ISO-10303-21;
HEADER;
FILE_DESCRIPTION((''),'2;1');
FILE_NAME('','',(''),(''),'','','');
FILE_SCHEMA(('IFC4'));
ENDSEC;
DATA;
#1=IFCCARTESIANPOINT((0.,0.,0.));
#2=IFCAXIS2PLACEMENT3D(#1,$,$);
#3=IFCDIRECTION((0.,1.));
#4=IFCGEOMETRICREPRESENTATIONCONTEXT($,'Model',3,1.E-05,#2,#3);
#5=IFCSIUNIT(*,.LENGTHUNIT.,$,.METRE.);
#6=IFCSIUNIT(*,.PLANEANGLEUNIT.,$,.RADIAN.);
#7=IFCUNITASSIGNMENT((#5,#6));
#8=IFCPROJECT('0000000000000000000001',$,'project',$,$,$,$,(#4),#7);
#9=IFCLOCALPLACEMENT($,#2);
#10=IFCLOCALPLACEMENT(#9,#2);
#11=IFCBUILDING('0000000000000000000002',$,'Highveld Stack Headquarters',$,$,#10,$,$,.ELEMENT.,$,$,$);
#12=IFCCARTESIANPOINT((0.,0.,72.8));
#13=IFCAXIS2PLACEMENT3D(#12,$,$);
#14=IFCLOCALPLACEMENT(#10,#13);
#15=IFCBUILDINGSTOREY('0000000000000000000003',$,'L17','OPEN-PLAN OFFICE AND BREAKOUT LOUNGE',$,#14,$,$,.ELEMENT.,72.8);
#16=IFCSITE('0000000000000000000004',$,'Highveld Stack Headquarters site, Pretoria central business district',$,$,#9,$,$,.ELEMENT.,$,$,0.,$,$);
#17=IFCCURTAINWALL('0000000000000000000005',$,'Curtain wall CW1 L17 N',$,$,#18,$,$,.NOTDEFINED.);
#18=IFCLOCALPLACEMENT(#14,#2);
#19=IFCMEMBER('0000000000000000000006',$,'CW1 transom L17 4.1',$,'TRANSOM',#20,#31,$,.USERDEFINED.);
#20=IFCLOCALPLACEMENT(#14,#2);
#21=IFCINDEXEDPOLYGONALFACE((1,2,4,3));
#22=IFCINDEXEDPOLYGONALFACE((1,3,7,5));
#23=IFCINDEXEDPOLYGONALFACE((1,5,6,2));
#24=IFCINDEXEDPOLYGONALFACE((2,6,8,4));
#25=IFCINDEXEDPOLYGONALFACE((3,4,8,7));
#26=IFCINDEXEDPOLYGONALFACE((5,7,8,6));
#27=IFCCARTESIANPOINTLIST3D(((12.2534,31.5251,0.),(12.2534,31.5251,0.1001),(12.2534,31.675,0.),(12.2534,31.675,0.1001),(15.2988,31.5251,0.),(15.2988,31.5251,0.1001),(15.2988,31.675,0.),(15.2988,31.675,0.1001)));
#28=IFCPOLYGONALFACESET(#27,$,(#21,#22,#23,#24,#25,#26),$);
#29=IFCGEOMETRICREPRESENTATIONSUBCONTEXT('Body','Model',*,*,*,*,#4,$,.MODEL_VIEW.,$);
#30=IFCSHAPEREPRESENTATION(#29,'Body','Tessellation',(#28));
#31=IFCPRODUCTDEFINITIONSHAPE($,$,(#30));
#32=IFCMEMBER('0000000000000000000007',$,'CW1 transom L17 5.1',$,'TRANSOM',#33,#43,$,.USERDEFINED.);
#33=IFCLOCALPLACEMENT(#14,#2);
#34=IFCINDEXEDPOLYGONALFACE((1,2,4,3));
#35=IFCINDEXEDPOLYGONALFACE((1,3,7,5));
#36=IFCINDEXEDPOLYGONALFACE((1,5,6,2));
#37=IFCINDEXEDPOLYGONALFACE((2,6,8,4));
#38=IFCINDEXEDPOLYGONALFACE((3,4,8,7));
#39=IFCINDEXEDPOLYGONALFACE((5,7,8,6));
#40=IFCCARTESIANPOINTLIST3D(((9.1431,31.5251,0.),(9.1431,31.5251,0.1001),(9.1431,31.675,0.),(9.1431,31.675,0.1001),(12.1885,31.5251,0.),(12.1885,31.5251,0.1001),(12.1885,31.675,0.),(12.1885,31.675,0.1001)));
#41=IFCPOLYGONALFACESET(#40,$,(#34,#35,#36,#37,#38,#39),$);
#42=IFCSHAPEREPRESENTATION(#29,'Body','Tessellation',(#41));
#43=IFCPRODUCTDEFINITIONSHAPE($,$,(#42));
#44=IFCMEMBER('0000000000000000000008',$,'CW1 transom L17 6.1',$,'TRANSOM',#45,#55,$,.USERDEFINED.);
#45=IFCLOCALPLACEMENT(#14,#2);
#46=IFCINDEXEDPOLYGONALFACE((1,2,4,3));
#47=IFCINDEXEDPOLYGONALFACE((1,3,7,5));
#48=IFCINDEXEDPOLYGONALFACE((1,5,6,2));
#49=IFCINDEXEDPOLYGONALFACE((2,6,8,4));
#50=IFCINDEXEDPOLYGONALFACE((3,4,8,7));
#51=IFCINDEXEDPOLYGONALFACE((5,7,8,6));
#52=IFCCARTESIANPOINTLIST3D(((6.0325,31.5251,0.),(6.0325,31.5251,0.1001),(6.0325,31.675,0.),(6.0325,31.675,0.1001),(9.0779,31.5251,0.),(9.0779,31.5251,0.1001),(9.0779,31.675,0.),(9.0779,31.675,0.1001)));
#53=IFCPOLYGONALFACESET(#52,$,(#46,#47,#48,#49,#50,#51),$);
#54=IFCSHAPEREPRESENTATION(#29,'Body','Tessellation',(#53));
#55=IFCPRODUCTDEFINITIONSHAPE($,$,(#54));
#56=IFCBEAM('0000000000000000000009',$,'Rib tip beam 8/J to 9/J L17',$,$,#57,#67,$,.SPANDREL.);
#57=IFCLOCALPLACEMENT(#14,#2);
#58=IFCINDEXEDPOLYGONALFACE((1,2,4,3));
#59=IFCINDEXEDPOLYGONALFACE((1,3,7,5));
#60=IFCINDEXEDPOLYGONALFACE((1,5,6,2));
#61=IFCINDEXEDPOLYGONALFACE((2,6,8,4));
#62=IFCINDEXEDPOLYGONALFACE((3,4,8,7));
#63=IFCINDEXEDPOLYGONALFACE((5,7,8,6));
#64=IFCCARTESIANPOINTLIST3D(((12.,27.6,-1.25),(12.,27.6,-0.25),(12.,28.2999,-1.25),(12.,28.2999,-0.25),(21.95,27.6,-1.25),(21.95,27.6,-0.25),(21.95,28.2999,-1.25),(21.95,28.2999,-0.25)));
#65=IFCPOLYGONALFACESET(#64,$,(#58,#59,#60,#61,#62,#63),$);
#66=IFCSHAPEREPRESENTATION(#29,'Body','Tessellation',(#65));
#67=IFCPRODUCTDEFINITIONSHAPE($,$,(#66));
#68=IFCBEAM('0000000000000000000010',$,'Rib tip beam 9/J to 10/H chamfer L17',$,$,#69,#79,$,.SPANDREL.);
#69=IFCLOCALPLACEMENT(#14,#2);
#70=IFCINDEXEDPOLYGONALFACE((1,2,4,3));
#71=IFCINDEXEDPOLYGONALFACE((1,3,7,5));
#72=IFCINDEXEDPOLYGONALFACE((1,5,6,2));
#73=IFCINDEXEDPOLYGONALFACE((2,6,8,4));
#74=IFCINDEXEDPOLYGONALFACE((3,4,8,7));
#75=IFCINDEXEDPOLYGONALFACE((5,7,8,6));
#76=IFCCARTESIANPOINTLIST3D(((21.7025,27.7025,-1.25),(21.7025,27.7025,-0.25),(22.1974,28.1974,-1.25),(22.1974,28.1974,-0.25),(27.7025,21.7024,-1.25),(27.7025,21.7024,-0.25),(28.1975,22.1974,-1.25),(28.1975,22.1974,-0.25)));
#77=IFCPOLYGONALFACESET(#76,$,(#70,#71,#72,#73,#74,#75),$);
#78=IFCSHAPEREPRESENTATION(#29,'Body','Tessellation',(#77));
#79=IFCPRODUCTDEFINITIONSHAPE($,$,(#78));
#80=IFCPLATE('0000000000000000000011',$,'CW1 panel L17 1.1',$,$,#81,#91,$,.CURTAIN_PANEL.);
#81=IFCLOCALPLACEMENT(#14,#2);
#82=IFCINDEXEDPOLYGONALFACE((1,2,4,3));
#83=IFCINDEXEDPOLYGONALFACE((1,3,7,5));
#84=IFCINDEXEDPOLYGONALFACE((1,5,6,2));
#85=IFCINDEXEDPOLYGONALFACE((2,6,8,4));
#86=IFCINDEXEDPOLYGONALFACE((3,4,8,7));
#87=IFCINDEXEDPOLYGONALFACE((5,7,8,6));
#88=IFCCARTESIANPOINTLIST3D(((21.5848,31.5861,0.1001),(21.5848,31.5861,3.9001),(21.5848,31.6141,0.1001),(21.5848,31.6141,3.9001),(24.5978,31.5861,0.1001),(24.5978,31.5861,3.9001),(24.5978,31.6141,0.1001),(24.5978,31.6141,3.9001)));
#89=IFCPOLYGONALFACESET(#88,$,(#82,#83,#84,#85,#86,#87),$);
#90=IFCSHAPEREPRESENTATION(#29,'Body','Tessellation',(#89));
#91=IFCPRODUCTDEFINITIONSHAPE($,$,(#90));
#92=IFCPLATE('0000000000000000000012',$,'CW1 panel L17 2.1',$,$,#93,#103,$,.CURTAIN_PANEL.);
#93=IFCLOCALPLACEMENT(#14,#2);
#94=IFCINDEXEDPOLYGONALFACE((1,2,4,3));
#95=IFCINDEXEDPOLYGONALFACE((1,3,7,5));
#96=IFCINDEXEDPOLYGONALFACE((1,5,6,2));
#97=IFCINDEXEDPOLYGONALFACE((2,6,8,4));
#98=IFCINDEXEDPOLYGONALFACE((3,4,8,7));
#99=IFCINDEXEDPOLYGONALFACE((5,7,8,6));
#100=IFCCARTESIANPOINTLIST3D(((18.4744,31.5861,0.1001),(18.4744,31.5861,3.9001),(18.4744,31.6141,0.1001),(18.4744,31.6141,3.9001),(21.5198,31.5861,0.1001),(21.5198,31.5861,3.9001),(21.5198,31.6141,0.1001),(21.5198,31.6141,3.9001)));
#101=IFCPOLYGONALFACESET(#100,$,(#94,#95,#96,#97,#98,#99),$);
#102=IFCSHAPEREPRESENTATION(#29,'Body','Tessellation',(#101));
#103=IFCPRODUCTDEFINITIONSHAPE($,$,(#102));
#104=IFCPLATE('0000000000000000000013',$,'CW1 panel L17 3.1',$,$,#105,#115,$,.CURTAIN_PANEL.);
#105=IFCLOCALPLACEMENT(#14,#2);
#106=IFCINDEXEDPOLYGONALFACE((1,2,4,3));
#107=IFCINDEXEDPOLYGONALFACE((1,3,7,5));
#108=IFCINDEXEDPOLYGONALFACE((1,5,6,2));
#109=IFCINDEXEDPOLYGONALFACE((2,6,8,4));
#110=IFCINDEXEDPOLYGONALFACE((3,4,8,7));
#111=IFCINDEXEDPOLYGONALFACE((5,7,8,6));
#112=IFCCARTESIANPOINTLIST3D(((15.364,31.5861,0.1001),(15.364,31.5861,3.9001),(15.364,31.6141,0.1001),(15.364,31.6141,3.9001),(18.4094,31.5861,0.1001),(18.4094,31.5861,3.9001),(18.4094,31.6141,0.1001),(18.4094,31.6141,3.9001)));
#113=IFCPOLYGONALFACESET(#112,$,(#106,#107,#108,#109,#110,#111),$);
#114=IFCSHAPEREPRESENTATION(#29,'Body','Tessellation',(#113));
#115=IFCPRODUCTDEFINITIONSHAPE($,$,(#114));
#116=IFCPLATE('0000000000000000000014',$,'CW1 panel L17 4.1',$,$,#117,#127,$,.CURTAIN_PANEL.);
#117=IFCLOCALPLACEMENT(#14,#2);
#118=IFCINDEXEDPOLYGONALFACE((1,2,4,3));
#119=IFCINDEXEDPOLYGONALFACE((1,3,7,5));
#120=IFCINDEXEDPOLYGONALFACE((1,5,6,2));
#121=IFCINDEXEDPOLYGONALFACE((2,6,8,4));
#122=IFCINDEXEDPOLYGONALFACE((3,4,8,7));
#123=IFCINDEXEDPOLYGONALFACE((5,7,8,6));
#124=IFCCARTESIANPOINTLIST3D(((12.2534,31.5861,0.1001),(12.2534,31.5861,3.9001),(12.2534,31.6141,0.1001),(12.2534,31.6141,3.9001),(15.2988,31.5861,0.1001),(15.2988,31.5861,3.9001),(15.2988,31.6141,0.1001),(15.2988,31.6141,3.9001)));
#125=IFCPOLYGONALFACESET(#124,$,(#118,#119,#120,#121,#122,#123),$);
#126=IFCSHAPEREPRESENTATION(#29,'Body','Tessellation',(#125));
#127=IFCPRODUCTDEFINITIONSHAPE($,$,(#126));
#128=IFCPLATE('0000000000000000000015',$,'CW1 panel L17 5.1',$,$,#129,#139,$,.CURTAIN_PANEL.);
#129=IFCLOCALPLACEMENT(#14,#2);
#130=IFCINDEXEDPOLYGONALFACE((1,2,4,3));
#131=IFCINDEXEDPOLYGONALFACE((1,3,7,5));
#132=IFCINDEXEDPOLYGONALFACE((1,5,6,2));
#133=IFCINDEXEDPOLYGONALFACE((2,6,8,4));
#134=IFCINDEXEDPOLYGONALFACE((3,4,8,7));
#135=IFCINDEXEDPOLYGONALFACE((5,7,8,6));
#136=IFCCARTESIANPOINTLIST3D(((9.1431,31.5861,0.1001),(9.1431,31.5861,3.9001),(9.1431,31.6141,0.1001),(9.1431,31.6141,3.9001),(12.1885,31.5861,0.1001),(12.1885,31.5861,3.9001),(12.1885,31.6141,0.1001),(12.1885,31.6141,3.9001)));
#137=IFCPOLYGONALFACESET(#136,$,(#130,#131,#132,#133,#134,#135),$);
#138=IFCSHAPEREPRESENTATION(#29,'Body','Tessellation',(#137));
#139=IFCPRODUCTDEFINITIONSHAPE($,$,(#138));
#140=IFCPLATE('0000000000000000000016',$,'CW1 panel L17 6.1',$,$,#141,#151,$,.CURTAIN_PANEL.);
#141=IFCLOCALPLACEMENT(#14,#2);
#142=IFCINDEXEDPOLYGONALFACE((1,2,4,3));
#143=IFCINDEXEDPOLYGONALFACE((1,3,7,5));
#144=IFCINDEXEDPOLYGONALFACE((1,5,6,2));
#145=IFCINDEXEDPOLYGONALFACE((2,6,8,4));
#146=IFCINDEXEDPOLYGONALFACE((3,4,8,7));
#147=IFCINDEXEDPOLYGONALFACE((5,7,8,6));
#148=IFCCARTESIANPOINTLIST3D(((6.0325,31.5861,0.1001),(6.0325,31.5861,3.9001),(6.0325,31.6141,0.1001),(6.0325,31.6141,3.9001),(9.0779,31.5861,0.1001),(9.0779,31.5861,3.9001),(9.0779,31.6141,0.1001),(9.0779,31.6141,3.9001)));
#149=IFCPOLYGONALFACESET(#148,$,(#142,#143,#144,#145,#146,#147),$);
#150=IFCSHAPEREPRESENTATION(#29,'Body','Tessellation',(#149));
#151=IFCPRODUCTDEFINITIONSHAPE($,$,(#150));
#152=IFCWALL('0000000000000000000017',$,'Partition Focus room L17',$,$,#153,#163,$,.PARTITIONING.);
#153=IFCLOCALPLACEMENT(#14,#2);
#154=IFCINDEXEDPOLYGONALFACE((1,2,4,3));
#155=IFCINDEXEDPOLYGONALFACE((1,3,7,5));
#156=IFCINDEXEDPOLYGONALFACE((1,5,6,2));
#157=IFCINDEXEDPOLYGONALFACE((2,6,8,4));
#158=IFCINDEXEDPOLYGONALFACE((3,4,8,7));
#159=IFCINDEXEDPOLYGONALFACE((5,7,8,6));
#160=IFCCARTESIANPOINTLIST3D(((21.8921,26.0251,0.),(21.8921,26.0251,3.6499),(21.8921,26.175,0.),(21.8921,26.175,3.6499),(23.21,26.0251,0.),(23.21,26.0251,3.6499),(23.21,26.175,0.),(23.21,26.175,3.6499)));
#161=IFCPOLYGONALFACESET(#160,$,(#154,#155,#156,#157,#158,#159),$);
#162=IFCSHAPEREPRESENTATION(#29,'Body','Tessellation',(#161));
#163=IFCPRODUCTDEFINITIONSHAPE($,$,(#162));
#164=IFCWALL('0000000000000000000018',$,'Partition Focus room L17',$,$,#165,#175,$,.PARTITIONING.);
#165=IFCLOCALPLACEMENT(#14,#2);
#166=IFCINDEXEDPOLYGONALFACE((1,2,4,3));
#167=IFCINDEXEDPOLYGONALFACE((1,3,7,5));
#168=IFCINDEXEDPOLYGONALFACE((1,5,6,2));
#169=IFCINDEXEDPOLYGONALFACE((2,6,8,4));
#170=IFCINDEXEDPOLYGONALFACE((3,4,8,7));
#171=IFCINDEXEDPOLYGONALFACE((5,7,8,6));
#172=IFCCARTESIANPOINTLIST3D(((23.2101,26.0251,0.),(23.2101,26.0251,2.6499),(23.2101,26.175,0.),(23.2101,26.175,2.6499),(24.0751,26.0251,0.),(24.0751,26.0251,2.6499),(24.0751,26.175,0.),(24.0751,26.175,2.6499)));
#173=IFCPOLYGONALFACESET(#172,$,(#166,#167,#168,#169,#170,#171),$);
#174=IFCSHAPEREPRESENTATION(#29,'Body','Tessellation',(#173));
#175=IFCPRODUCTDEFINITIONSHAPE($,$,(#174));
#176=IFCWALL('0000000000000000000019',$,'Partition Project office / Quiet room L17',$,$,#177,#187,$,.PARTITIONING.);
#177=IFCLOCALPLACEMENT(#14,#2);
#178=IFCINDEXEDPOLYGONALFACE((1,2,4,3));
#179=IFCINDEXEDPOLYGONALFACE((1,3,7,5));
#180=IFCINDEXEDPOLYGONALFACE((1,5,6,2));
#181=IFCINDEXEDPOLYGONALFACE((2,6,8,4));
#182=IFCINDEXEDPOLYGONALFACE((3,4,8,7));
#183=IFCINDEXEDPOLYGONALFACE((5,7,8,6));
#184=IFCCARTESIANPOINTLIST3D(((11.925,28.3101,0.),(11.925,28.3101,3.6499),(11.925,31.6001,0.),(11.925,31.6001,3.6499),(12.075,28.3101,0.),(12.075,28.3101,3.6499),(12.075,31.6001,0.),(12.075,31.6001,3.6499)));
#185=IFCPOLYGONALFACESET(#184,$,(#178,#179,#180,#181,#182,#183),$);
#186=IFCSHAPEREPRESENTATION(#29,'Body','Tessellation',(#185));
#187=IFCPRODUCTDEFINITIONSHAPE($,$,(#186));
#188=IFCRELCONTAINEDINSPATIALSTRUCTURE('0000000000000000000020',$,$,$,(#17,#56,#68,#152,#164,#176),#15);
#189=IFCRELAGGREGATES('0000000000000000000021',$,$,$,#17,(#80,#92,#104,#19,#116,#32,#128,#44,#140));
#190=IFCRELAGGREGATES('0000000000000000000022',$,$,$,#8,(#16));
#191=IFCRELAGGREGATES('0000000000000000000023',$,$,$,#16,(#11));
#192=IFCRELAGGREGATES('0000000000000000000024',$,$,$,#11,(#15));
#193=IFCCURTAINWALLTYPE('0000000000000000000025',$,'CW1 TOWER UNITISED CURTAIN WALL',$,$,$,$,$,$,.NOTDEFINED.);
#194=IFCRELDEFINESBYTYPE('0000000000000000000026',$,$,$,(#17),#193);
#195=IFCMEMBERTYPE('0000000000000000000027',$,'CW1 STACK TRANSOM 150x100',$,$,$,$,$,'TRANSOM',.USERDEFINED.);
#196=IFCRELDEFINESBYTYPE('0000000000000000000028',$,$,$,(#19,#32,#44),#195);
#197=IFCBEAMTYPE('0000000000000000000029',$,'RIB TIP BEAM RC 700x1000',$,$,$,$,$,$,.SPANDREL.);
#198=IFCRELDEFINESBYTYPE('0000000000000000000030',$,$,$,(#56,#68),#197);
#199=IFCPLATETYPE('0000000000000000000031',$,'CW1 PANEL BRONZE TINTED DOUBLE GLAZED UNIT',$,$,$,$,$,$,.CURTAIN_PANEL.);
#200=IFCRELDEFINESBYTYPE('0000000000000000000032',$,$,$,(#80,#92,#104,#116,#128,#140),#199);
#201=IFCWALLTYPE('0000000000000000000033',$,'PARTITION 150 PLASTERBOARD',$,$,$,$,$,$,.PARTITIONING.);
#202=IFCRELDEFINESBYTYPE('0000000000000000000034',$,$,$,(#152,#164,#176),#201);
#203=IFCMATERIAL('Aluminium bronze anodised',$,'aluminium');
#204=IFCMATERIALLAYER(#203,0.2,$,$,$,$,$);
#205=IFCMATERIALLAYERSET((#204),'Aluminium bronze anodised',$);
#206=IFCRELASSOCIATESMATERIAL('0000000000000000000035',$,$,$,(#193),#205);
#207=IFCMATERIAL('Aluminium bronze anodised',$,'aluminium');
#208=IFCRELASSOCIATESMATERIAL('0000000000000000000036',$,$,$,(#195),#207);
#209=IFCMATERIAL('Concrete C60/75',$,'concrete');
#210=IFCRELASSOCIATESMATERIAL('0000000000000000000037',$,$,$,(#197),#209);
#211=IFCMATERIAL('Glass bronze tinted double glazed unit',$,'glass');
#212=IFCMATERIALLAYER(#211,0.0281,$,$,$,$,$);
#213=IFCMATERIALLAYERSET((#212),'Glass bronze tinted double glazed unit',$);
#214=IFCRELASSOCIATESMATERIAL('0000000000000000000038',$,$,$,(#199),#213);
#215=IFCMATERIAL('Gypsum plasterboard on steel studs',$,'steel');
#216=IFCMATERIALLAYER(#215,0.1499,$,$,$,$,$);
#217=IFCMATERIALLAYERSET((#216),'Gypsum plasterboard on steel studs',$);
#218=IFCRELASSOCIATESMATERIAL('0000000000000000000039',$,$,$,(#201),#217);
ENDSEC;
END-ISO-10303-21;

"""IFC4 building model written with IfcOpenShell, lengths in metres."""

from ifc_helpers import new_model, si_unit, direction, frame, frame_2d, origin, origin_2d, place, context, subcontext, project, spatial, rectangle, extrude, material, layer, layer_set, material_profile, profile_set, type_object, element, aggregate, save


model = new_model("IFC4")

# Units and contexts
model_context = context("Model", 3, precision=1e-05, world=origin(), true_north=direction((0.0, 1.0)))
body_context = subcontext(model_context, "Body", "Model", "MODEL_VIEW")
ifc_project = project(units=[si_unit("LENGTHUNIT", "METRE"), si_unit("PLANEANGLEUNIT", "RADIAN")], contexts=[model_context])

# Site, building, storey
site_placement = place(None, origin())
site = spatial("IfcSite", under=ifc_project, at=site_placement, Name="Highveld Stack Headquarters site, Pretoria central business district", CompositionType="ELEMENT", RefElevation=0.0)
building_placement = place(site_placement, origin())
building = spatial("IfcBuilding", under=site, at=building_placement, Name="Highveld Stack Headquarters", CompositionType="ELEMENT")
storey_placement = place(building_placement, frame((0.0, 0.0, 72.8)))
storey = spatial("IfcBuildingStorey", under=building, at=storey_placement, Name="L17", Description="OPEN-PLAN OFFICE AND BREAKOUT LOUNGE", CompositionType="ELEMENT", Elevation=72.8)

# Curtain wall, members
ifc_material_1 = material(Name="Aluminium bronze anodised", Category="aluminium")
ifc_layer_1 = layer(ifc_material_1, 0.2)
ifc_layer_set_1 = layer_set([ifc_layer_1], Name="Aluminium bronze anodised")
curtain_wall_type = type_object("IfcCurtainWallType", Name="CW1 TOWER UNITISED CURTAIN WALL", PredefinedType="NOTDEFINED", material=ifc_layer_set_1)
curtain_wall_placement = place(storey_placement, origin())
curtain_wall = element("IfcCurtainWall", 1, at=curtain_wall_placement, inside=storey, type_object=curtain_wall_type, Name="Curtain wall CW1 L17 N", PredefinedType="NOTDEFINED")
ifc_material_2 = material(Name="Aluminium bronze anodised", Category="aluminium")
ifc_material_profile_1 = material_profile(ifc_material_2, rectangle(XDim=0.1499, YDim=0.1001, at=origin_2d()), Name="CW1 TRANSOM 150x100")
ifc_profile_set_1 = profile_set([ifc_material_profile_1], Name="Aluminium bronze anodised")
member_type_1 = type_object("IfcMemberType", Name="CW1 STACK TRANSOM 150x100", ElementType="TRANSOM", PredefinedType="USERDEFINED", material=ifc_profile_set_1)
member_1_placement = place(storey_placement, frame((15.2988, 31.6001, 0.05), z_axis=(-1.0, 0.0, 0.0), x_axis=(0.0, -1.0, 0.0)))
member_1 = element("IfcMember", 2, at=member_1_placement, type_object=member_type_1, Name="CW1 transom L17 4.1", ObjectType="TRANSOM", PredefinedType="USERDEFINED", context=body_context, shape_type="SweptSolid", body=[
    extrude(rectangle(XDim=0.1499, YDim=0.1001, at=origin_2d()), origin(), (0.0, 0.0, 1.0), 3.0454),
])
member_2_placement = place(storey_placement, frame((12.1885, 31.6001, 0.05), z_axis=(-1.0, 0.0, 0.0), x_axis=(0.0, -1.0, 0.0)))
member_2 = element("IfcMember", 3, at=member_2_placement, type_object=member_type_1, Name="CW1 transom L17 5.1", ObjectType="TRANSOM", PredefinedType="USERDEFINED", context=body_context, shape_type="SweptSolid", body=[
    extrude(rectangle(XDim=0.1499, YDim=0.1001, at=origin_2d()), origin(), (0.0, 0.0, 1.0), 3.0454),
])
member_3_placement = place(storey_placement, frame((9.0779, 31.6001, 0.05), z_axis=(-1.0, 0.0, 0.0), x_axis=(0.0, -1.0, 0.0)))
member_3 = element("IfcMember", 4, at=member_3_placement, type_object=member_type_1, Name="CW1 transom L17 6.1", ObjectType="TRANSOM", PredefinedType="USERDEFINED", context=body_context, shape_type="SweptSolid", body=[
    extrude(rectangle(XDim=0.1499, YDim=0.1001, at=origin_2d()), origin(), (0.0, 0.0, 1.0), 3.0454),
])

# Beams
ifc_material_3 = material(Name="Concrete C60/75", Category="concrete")
ifc_material_profile_2 = material_profile(ifc_material_3, rectangle(XDim=0.7, YDim=1.0, at=origin_2d()), Name="RC 700x1000")
ifc_profile_set_2 = profile_set([ifc_material_profile_2], Name="Concrete C60/75")
beam_type = type_object("IfcBeamType", Name="RIB TIP BEAM RC 700x1000", PredefinedType="SPANDREL", material=ifc_profile_set_2)
beam_1_placement = place(storey_placement, frame((12.0, 27.95, -0.75), z_axis=(1.0, 0.0, 0.0), x_axis=(0.0, 1.0, 0.0)))
element("IfcBeam", 5, at=beam_1_placement, inside=storey, type_object=beam_type, Name="Rib tip beam 8/J to 9/J L17", PredefinedType="SPANDREL", context=body_context, shape_type="SweptSolid", body=[
    extrude(rectangle(XDim=0.7, YDim=1.0, at=origin_2d()), origin(), (0.0, 0.0, 1.0), 9.95),
])
beam_2_placement = place(storey_placement, frame((21.95, 27.95, -0.75), z_axis=(0.707107, -0.707107, 0.0), x_axis=(0.707107, 0.707107, 0.0)))
element("IfcBeam", 6, at=beam_2_placement, inside=storey, type_object=beam_type, Name="Rib tip beam 9/J to 10/H chamfer L17", PredefinedType="SPANDREL", context=body_context, shape_type="SweptSolid", body=[
    extrude(rectangle(XDim=0.7, YDim=1.0, at=origin_2d()), origin(), (0.0, 0.0, 1.0), 8.4854),
])

# Plates
ifc_material_4 = material(Name="Glass bronze tinted double glazed unit", Category="glass")
ifc_layer_2 = layer(ifc_material_4, 0.0281)
ifc_layer_set_2 = layer_set([ifc_layer_2], Name="Glass bronze tinted double glazed unit")
plate_type = type_object("IfcPlateType", Name="CW1 PANEL BRONZE TINTED DOUBLE GLAZED UNIT", PredefinedType="CURTAIN_PANEL", material=ifc_layer_set_2)
plate_1_placement = place(storey_placement, frame((23.0913, 31.6001, 0.1001), z_axis=(0.0, 0.0, 1.0), x_axis=(-1.0, 0.0, 0.0)))
plate_1 = element("IfcPlate", 7, at=plate_1_placement, type_object=plate_type, Name="CW1 panel L17 1.1", PredefinedType="CURTAIN_PANEL", context=body_context, shape_type="SweptSolid", body=[
    extrude(rectangle(XDim=3.0129, YDim=0.0281, at=origin_2d()), origin(), (0.0, 0.0, 1.0), 3.8),
])
plate_2_placement = place(storey_placement, frame((19.9971, 31.6001, 0.1001), z_axis=(0.0, 0.0, 1.0), x_axis=(-1.0, 0.0, 0.0)))
plate_2 = element("IfcPlate", 8, at=plate_2_placement, type_object=plate_type, Name="CW1 panel L17 2.1", PredefinedType="CURTAIN_PANEL", context=body_context, shape_type="SweptSolid", body=[
    extrude(rectangle(XDim=3.0454, YDim=0.0281, at=origin_2d()), origin(), (0.0, 0.0, 1.0), 3.8),
])
plate_3_placement = place(storey_placement, frame((16.8867, 31.6001, 0.1001), z_axis=(0.0, 0.0, 1.0), x_axis=(-1.0, 0.0, 0.0)))
plate_3 = element("IfcPlate", 9, at=plate_3_placement, type_object=plate_type, Name="CW1 panel L17 3.1", PredefinedType="CURTAIN_PANEL", context=body_context, shape_type="SweptSolid", body=[
    extrude(rectangle(XDim=3.0454, YDim=0.0281, at=origin_2d()), origin(), (0.0, 0.0, 1.0), 3.8),
])
plate_4_placement = place(storey_placement, frame((13.7761, 31.6001, 0.1001), z_axis=(0.0, 0.0, 1.0), x_axis=(-1.0, 0.0, 0.0)))
plate_4 = element("IfcPlate", 10, at=plate_4_placement, type_object=plate_type, Name="CW1 panel L17 4.1", PredefinedType="CURTAIN_PANEL", context=body_context, shape_type="SweptSolid", body=[
    extrude(rectangle(XDim=3.0454, YDim=0.0281, at=origin_2d()), origin(), (0.0, 0.0, 1.0), 3.8),
])
plate_5_placement = place(storey_placement, frame((10.6658, 31.6001, 0.1001), z_axis=(0.0, 0.0, 1.0), x_axis=(-1.0, 0.0, 0.0)))
plate_5 = element("IfcPlate", 11, at=plate_5_placement, type_object=plate_type, Name="CW1 panel L17 5.1", PredefinedType="CURTAIN_PANEL", context=body_context, shape_type="SweptSolid", body=[
    extrude(rectangle(XDim=3.0454, YDim=0.0281, at=origin_2d()), origin(), (0.0, 0.0, 1.0), 3.8),
])
plate_6_placement = place(storey_placement, frame((7.5552, 31.6001, 0.1001), z_axis=(0.0, 0.0, 1.0), x_axis=(-1.0, 0.0, 0.0)))
plate_6 = element("IfcPlate", 12, at=plate_6_placement, type_object=plate_type, Name="CW1 panel L17 6.1", PredefinedType="CURTAIN_PANEL", context=body_context, shape_type="SweptSolid", body=[
    extrude(rectangle(XDim=3.0454, YDim=0.0281, at=origin_2d()), origin(), (0.0, 0.0, 1.0), 3.8),
])
aggregate(curtain_wall, [plate_1, plate_2, plate_3, member_1, plate_4, member_2, plate_5, member_3, plate_6])

# Walls
ifc_material_5 = material(Name="Gypsum plasterboard on steel studs", Category="steel")
ifc_layer_3 = layer(ifc_material_5, 0.1499)
ifc_layer_set_3 = layer_set([ifc_layer_3], Name="Gypsum plasterboard on steel studs")
wall_type = type_object("IfcWallType", Name="PARTITION 150 PLASTERBOARD", PredefinedType="PARTITIONING", material=ifc_layer_set_3)
wall_1_placement = place(storey_placement, frame((21.8921, 26.1001, 0.0), z_axis=(0.0, 0.0, 1.0), x_axis=(1.0, 0.0, 0.0)))
element("IfcWall", 13, at=wall_1_placement, inside=storey, type_object=wall_type, Name="Partition Focus room L17", PredefinedType="PARTITIONING", context=body_context, shape_type="SweptSolid", body=[
    extrude(rectangle(XDim=1.3179, YDim=0.1499, at=frame_2d((0.6589, 0.0))), origin(), (0.0, 0.0, 1.0), 3.6499),
])
wall_2_placement = place(storey_placement, frame((23.21, 26.1001, 0.0), z_axis=(0.0, 0.0, 1.0), x_axis=(1.0, 0.0, 0.0)))
element("IfcWall", 14, at=wall_2_placement, inside=storey, type_object=wall_type, Name="Partition Focus room L17", PredefinedType="PARTITIONING", context=body_context, shape_type="SweptSolid", body=[
    extrude(rectangle(XDim=0.865, YDim=0.1499, at=frame_2d((0.4326, 0.0))), origin(), (0.0, 0.0, 1.0), 2.6499),
])
for number, where, z_axis, x_axis, name in (
    (15, (12.0, 28.3101, 0.0), (0.0, 0.0, 1.0), (0.0, 1.0, 0.0), "Partition Project office / Quiet room L17"),
):
    element("IfcWall", number, at=place(storey_placement, frame(where, z_axis=z_axis, x_axis=x_axis)), inside=storey, type_object=wall_type, Name=name, PredefinedType="PARTITIONING", context=body_context, shape_type="SweptSolid", body=[
        extrude(rectangle(XDim=3.29, YDim=0.1499, at=frame_2d((1.645, 0.0))), origin(), (0.0, 0.0, 1.0), 3.6499),
    ])

save(model, "model.ifc")
